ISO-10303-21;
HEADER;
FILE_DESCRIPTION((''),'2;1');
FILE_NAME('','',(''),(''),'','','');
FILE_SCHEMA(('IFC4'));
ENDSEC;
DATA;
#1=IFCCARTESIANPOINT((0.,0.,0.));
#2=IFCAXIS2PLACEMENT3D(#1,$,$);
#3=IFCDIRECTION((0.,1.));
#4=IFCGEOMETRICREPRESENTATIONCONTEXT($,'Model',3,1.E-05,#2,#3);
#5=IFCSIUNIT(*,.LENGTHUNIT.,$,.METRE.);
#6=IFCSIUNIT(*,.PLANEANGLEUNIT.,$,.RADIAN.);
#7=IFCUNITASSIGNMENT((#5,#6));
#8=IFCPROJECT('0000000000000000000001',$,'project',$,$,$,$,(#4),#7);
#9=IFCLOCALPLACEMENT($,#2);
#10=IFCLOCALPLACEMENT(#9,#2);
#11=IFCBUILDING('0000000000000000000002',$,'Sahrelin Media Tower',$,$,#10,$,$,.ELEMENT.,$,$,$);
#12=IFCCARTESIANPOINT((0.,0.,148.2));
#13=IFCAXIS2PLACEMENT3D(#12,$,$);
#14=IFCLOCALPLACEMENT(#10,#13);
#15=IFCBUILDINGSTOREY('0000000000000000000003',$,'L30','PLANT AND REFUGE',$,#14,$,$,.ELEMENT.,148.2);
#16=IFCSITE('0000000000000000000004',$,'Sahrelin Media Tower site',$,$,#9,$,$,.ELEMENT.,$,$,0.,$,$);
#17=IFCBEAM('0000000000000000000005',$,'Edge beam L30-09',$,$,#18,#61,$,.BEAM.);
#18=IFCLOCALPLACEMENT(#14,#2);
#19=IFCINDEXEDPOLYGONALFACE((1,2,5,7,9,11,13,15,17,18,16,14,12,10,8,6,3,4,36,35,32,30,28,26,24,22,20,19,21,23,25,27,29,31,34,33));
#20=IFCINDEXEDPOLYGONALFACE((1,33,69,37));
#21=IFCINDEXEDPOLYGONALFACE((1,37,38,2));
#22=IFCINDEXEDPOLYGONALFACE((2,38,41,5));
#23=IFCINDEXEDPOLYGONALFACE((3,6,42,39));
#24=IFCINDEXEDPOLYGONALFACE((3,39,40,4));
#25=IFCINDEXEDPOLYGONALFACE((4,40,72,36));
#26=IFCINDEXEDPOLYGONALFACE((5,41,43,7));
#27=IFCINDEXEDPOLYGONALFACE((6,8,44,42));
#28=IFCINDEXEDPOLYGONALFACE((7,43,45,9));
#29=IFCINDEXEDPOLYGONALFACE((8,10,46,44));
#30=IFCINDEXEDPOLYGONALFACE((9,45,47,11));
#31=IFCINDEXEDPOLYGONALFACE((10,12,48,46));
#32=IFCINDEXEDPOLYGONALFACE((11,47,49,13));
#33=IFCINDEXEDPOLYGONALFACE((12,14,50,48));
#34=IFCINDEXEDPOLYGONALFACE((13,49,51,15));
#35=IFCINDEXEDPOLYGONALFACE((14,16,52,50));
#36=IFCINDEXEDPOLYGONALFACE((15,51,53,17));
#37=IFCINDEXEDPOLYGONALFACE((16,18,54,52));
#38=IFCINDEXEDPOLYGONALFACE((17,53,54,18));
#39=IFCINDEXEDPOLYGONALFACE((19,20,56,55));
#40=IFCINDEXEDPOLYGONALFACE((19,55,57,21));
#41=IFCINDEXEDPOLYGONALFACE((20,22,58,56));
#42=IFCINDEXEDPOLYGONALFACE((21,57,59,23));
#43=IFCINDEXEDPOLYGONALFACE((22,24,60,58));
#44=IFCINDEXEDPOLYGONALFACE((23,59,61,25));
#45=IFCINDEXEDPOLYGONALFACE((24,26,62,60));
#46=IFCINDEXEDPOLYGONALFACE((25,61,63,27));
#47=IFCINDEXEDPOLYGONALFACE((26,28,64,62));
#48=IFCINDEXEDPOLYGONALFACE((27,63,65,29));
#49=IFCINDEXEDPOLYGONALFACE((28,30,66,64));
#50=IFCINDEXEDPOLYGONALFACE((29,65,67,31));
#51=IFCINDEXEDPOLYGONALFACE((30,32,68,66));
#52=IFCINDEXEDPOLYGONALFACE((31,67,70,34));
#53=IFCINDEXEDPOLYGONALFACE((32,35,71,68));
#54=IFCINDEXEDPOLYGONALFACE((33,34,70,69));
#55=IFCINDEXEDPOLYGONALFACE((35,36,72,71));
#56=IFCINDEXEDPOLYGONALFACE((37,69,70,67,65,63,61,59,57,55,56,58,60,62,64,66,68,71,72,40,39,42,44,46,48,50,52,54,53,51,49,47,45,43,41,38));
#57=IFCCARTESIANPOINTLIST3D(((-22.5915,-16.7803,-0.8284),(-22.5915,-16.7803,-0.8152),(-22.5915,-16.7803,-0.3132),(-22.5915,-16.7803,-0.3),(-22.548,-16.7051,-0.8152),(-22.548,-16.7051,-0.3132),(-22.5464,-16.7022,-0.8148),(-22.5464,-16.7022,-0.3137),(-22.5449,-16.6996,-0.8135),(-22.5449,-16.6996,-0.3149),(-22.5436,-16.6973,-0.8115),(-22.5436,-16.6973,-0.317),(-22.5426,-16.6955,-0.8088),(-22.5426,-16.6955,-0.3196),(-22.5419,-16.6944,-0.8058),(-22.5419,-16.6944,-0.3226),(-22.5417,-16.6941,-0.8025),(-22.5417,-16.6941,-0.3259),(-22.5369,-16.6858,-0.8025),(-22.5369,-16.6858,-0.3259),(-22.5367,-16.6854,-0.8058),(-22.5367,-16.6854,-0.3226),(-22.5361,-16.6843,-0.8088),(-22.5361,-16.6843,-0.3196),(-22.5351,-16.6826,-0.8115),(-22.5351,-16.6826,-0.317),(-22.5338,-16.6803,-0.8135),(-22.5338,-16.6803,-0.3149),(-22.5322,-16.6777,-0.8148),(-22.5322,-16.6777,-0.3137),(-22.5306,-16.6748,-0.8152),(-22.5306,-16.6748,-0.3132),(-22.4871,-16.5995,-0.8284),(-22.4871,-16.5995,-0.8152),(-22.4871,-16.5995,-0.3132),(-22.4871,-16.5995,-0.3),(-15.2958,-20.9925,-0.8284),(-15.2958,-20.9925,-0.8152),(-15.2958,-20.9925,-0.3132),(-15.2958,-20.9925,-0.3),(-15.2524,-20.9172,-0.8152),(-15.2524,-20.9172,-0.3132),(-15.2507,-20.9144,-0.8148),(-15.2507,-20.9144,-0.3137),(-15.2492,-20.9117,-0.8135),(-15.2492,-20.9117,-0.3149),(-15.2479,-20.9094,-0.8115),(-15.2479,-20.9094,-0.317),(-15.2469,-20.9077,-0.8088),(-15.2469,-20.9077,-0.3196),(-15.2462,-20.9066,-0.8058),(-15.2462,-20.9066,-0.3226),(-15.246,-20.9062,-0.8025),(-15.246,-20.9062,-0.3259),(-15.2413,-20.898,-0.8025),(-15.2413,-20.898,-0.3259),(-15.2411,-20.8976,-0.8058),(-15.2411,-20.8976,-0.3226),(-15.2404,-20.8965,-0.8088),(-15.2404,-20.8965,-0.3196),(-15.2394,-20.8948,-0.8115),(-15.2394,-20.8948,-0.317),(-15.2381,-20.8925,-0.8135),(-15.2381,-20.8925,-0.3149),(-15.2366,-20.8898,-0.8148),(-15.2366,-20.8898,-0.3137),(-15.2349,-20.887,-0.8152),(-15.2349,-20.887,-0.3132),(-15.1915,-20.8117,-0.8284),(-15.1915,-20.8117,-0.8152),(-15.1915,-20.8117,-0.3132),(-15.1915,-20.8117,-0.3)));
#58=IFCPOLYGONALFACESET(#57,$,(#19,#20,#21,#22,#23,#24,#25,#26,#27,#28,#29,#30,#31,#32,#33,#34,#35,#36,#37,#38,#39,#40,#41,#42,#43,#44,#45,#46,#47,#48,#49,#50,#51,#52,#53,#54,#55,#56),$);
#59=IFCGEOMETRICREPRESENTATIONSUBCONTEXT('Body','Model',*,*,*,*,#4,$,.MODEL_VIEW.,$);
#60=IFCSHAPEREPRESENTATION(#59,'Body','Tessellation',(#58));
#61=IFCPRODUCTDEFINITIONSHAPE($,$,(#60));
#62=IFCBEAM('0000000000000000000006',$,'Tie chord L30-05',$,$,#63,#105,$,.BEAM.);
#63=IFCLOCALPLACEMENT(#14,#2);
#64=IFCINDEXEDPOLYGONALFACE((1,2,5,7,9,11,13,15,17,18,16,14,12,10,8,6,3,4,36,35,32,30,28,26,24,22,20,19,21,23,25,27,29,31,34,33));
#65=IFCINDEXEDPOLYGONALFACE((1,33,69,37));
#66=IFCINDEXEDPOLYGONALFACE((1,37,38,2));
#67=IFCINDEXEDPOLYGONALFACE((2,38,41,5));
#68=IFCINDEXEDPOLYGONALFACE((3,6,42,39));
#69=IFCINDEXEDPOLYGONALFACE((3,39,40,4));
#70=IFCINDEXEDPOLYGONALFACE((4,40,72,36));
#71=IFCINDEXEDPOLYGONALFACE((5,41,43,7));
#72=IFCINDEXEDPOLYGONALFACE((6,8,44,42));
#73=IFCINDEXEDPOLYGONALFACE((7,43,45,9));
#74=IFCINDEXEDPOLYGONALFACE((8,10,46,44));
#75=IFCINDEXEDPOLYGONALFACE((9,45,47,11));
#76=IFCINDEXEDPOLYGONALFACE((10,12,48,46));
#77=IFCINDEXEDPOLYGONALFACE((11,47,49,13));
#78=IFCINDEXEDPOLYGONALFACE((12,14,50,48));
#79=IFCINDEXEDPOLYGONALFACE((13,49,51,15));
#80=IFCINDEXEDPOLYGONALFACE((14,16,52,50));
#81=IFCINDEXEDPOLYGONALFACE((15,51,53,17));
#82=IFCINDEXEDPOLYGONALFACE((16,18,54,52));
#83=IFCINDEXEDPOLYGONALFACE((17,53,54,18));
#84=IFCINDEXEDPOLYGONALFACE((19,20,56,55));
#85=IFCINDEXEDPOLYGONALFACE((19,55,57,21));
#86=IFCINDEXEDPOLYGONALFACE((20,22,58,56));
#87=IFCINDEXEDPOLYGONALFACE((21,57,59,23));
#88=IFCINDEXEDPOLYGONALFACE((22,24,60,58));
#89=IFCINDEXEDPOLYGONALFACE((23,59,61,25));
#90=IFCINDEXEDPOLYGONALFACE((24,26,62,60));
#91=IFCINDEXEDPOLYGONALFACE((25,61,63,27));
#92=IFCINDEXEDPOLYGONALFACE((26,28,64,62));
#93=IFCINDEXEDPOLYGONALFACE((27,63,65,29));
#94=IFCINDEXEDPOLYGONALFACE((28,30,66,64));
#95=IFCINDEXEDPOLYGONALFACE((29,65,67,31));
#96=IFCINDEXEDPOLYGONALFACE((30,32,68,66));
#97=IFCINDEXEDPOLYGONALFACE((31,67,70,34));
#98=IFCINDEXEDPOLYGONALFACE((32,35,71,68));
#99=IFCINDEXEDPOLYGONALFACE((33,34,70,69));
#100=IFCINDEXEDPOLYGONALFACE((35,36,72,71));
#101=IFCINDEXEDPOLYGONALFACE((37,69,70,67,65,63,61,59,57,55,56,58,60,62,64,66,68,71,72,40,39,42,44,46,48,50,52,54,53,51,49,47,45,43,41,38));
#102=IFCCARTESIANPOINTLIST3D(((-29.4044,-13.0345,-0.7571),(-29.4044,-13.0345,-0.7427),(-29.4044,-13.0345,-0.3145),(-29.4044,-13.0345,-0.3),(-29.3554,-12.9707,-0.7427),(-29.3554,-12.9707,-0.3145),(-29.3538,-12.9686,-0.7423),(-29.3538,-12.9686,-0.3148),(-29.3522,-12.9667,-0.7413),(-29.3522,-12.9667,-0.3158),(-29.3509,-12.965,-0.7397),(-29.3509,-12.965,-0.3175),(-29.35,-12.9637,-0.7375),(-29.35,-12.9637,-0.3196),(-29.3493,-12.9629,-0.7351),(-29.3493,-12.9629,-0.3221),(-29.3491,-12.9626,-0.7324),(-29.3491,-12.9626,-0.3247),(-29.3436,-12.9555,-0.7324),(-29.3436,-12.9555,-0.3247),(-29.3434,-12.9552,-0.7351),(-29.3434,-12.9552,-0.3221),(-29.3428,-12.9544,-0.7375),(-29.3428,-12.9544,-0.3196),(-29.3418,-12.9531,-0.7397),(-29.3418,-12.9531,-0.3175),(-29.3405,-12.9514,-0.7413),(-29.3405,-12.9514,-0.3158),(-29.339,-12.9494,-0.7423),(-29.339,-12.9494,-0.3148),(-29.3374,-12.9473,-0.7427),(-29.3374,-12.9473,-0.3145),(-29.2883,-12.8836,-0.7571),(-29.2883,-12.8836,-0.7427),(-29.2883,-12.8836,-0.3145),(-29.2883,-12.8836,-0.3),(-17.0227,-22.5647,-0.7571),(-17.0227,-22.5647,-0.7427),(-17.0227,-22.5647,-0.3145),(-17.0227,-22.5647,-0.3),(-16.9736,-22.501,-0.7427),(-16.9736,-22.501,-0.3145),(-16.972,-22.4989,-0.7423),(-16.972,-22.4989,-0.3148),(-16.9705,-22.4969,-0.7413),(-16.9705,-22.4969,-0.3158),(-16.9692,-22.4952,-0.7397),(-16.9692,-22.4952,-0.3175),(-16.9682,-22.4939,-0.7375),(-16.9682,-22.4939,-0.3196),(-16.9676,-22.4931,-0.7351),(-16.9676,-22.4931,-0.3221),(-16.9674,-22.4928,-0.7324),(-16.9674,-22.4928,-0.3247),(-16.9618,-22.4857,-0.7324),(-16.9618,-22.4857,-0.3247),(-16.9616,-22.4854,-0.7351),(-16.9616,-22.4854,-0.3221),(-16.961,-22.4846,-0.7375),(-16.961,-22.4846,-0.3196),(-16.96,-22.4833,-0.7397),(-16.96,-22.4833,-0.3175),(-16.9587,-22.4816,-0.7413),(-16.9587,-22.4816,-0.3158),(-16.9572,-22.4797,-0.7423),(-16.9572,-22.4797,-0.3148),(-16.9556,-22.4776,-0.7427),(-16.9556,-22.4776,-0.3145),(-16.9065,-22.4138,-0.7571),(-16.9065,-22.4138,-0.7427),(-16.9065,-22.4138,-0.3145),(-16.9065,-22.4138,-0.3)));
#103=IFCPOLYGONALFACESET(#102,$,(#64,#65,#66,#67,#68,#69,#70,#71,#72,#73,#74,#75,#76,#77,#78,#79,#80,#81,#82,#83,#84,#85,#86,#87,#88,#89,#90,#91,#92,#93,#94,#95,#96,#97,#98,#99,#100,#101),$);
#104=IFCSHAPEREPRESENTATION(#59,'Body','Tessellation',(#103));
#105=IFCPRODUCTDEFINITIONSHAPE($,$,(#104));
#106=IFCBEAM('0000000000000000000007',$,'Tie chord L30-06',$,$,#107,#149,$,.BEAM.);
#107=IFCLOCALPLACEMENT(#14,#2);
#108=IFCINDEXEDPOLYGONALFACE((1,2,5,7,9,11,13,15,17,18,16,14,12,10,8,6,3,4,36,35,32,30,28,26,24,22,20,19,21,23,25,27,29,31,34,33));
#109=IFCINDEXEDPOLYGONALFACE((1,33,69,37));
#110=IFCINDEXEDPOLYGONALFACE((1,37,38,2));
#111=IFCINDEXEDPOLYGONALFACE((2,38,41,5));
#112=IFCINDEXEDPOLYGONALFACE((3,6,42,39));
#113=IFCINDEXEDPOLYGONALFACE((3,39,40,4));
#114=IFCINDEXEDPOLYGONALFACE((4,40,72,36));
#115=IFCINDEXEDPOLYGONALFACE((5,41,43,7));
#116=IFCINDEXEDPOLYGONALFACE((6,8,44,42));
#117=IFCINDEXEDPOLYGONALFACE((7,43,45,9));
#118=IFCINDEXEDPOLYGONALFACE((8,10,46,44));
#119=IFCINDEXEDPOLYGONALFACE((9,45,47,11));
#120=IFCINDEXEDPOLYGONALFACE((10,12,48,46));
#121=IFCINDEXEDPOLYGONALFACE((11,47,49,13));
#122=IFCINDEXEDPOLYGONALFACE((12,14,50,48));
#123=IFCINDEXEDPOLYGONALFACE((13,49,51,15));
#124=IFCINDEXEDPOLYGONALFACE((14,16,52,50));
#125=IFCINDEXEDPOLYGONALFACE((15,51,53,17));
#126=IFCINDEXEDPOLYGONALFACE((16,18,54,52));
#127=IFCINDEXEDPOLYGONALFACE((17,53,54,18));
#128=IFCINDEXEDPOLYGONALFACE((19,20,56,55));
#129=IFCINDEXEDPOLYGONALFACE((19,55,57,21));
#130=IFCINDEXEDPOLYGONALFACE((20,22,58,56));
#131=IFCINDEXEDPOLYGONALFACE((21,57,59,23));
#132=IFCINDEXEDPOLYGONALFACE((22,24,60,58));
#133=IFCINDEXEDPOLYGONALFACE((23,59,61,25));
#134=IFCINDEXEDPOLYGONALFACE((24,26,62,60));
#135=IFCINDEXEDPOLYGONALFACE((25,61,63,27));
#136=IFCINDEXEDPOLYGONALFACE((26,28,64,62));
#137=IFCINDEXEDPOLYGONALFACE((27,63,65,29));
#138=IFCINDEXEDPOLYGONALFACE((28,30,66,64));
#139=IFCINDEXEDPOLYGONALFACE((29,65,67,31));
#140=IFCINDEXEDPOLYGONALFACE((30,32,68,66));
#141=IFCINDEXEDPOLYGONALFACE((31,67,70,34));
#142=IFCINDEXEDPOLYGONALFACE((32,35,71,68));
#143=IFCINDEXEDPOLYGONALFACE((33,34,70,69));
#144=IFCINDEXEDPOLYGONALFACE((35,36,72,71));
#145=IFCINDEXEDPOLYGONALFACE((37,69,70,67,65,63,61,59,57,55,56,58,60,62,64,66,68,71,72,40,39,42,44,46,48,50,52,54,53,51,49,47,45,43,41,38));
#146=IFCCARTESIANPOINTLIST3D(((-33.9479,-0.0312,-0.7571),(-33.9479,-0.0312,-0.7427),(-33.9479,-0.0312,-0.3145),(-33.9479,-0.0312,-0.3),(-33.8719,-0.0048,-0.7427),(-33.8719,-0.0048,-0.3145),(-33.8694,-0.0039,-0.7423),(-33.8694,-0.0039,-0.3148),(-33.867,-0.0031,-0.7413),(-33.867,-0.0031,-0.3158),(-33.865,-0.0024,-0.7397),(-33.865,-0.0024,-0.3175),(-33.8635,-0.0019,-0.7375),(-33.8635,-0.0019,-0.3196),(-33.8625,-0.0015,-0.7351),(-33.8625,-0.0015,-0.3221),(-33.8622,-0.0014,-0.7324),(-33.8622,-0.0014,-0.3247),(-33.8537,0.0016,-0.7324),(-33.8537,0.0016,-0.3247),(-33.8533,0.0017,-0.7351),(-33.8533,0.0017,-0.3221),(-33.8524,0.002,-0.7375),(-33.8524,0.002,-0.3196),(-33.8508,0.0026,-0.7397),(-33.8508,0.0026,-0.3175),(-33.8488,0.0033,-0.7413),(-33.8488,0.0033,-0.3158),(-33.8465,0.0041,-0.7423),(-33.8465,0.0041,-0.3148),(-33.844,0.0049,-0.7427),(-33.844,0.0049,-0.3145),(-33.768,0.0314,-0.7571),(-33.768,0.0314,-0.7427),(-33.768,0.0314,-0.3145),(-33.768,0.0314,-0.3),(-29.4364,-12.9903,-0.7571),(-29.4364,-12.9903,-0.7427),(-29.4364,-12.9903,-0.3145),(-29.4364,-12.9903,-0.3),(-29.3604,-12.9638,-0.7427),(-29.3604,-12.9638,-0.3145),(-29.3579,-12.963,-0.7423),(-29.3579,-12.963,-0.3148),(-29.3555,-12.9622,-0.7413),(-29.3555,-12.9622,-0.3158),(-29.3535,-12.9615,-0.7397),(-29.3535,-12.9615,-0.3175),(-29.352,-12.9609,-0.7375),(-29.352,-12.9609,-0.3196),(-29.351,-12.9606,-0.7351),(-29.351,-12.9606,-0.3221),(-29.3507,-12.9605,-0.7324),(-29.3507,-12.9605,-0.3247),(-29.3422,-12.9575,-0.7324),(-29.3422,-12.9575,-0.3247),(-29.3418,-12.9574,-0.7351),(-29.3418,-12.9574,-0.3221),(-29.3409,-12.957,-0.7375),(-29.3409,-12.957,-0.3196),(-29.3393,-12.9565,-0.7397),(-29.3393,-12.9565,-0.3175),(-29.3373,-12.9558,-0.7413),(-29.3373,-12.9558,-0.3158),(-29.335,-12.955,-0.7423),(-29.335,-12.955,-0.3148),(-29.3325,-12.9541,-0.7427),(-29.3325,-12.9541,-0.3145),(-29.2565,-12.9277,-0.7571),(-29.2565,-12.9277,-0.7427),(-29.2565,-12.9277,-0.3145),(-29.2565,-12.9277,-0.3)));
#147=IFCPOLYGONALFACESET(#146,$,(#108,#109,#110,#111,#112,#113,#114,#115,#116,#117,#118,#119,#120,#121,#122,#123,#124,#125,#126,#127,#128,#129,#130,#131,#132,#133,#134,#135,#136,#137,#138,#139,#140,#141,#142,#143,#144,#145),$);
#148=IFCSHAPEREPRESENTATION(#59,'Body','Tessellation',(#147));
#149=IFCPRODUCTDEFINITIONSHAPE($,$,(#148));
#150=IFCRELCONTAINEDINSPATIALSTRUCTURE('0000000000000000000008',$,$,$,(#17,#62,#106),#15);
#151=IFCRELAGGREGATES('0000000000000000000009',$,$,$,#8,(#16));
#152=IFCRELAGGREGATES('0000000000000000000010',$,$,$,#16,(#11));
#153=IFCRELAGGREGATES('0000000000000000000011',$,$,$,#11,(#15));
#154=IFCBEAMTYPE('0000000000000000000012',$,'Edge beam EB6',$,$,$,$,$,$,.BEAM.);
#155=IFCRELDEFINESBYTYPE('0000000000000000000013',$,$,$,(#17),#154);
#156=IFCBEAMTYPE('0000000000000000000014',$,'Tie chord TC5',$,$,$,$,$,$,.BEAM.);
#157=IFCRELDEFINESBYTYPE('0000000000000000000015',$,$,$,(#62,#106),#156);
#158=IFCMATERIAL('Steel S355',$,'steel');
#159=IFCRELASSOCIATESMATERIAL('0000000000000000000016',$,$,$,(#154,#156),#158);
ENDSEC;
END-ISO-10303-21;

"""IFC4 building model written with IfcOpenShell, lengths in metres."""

from ifc_helpers import new_model, si_unit, direction, frame, origin, origin_2d, place, context, subcontext, project, spatial, i_section, extrude, material, material_profile, profile_set, type_object, element, save


model = new_model("IFC4")

# Units and contexts
model_context = context("Model", 3, precision=1e-05, world=origin(), true_north=direction((0.0, 1.0)))
body_context = subcontext(model_context, "Body", "Model", "MODEL_VIEW")
ifc_project = project(units=[si_unit("LENGTHUNIT", "METRE"), si_unit("PLANEANGLEUNIT", "RADIAN")], contexts=[model_context])

# Site, building, storey
site_placement = place(None, origin())
site = spatial("IfcSite", under=ifc_project, at=site_placement, Name="Sahrelin Media Tower site", CompositionType="ELEMENT", RefElevation=0.0)
building_placement = place(site_placement, origin())
building = spatial("IfcBuilding", under=site, at=building_placement, Name="Sahrelin Media Tower", CompositionType="ELEMENT")
storey_placement = place(building_placement, frame((0.0, 0.0, 148.2)))
storey = spatial("IfcBuildingStorey", under=building, at=storey_placement, Name="L30", Description="PLANT AND REFUGE", CompositionType="ELEMENT", Elevation=148.2)

# Beams
ifc_material_1 = material(Name="Steel S355", Category="steel")
ifc_material_profile_1 = material_profile(ifc_material_1, i_section(OverallWidth=0.2087, OverallDepth=0.5283, WebThickness=0.0095, FlangeThickness=0.0132, FilletRadius=0.0127, at=origin_2d()), Name="UB 533x210x82")
ifc_profile_set_1 = profile_set([ifc_material_profile_1], Name="Steel S355")
beam_type_1 = type_object("IfcBeamType", Name="Edge beam EB6", PredefinedType="BEAM", material=ifc_profile_set_1)
beam_1_placement = place(storey_placement, frame((-15.2437, -20.9021, -0.5642), z_axis=(-0.866025, 0.500001, 0.0), x_axis=(-0.500001, -0.866025, 0.0)))
element("IfcBeam", 1, at=beam_1_placement, inside=storey, type_object=beam_type_1, Name="Edge beam L30-09", PredefinedType="BEAM", context=body_context, shape_type="SweptSolid", body=[
    extrude(i_section(OverallWidth=0.2087, OverallDepth=0.5283, WebThickness=0.0095, FlangeThickness=0.0132, FilletRadius=0.0127, at=origin_2d()), origin(), (0.0, 0.0, 1.0), 8.4243),
])
ifc_material_profile_2 = material_profile(ifc_material_1, i_section(OverallWidth=0.1904, OverallDepth=0.457, WebThickness=0.009, FlangeThickness=0.0144, FilletRadius=0.0103, at=origin_2d()), Name="UB 457x191x74")
ifc_profile_set_2 = profile_set([ifc_material_profile_2], Name="Steel S355")
beam_type_2 = type_object("IfcBeamType", Name="Tie chord TC5", PredefinedType="BEAM", material=ifc_profile_set_2)
beam_2_placement = place(storey_placement, frame((-16.9646, -22.4893, -0.5286), z_axis=(-0.792445, 0.609943, 0.0), x_axis=(-0.609943, -0.792445, 0.0)))
element("IfcBeam", 2, at=beam_2_placement, inside=storey, type_object=beam_type_2, Name="Tie chord L30-05", PredefinedType="BEAM", context=body_context, shape_type="SweptSolid", body=[
    extrude(i_section(OverallWidth=0.1904, OverallDepth=0.457, WebThickness=0.009, FlangeThickness=0.0144, FilletRadius=0.0103, at=origin_2d()), origin(), (0.0, 0.0, 1.0), 15.6248),
])
beam_3_placement = place(storey_placement, frame((-29.3464, -12.959, -0.5286), z_axis=(-0.328781, 0.944406, 0.0), x_axis=(-0.944406, -0.328781, 0.0)))
element("IfcBeam", 3, at=beam_3_placement, inside=storey, type_object=beam_type_2, Name="Tie chord L30-06", PredefinedType="BEAM", context=body_context, shape_type="SweptSolid", body=[
    extrude(i_section(OverallWidth=0.1904, OverallDepth=0.457, WebThickness=0.009, FlangeThickness=0.0144, FilletRadius=0.0103, at=origin_2d()), origin(), (0.0, 0.0, 1.0), 13.7219),
])

save(model, "model.ifc")
